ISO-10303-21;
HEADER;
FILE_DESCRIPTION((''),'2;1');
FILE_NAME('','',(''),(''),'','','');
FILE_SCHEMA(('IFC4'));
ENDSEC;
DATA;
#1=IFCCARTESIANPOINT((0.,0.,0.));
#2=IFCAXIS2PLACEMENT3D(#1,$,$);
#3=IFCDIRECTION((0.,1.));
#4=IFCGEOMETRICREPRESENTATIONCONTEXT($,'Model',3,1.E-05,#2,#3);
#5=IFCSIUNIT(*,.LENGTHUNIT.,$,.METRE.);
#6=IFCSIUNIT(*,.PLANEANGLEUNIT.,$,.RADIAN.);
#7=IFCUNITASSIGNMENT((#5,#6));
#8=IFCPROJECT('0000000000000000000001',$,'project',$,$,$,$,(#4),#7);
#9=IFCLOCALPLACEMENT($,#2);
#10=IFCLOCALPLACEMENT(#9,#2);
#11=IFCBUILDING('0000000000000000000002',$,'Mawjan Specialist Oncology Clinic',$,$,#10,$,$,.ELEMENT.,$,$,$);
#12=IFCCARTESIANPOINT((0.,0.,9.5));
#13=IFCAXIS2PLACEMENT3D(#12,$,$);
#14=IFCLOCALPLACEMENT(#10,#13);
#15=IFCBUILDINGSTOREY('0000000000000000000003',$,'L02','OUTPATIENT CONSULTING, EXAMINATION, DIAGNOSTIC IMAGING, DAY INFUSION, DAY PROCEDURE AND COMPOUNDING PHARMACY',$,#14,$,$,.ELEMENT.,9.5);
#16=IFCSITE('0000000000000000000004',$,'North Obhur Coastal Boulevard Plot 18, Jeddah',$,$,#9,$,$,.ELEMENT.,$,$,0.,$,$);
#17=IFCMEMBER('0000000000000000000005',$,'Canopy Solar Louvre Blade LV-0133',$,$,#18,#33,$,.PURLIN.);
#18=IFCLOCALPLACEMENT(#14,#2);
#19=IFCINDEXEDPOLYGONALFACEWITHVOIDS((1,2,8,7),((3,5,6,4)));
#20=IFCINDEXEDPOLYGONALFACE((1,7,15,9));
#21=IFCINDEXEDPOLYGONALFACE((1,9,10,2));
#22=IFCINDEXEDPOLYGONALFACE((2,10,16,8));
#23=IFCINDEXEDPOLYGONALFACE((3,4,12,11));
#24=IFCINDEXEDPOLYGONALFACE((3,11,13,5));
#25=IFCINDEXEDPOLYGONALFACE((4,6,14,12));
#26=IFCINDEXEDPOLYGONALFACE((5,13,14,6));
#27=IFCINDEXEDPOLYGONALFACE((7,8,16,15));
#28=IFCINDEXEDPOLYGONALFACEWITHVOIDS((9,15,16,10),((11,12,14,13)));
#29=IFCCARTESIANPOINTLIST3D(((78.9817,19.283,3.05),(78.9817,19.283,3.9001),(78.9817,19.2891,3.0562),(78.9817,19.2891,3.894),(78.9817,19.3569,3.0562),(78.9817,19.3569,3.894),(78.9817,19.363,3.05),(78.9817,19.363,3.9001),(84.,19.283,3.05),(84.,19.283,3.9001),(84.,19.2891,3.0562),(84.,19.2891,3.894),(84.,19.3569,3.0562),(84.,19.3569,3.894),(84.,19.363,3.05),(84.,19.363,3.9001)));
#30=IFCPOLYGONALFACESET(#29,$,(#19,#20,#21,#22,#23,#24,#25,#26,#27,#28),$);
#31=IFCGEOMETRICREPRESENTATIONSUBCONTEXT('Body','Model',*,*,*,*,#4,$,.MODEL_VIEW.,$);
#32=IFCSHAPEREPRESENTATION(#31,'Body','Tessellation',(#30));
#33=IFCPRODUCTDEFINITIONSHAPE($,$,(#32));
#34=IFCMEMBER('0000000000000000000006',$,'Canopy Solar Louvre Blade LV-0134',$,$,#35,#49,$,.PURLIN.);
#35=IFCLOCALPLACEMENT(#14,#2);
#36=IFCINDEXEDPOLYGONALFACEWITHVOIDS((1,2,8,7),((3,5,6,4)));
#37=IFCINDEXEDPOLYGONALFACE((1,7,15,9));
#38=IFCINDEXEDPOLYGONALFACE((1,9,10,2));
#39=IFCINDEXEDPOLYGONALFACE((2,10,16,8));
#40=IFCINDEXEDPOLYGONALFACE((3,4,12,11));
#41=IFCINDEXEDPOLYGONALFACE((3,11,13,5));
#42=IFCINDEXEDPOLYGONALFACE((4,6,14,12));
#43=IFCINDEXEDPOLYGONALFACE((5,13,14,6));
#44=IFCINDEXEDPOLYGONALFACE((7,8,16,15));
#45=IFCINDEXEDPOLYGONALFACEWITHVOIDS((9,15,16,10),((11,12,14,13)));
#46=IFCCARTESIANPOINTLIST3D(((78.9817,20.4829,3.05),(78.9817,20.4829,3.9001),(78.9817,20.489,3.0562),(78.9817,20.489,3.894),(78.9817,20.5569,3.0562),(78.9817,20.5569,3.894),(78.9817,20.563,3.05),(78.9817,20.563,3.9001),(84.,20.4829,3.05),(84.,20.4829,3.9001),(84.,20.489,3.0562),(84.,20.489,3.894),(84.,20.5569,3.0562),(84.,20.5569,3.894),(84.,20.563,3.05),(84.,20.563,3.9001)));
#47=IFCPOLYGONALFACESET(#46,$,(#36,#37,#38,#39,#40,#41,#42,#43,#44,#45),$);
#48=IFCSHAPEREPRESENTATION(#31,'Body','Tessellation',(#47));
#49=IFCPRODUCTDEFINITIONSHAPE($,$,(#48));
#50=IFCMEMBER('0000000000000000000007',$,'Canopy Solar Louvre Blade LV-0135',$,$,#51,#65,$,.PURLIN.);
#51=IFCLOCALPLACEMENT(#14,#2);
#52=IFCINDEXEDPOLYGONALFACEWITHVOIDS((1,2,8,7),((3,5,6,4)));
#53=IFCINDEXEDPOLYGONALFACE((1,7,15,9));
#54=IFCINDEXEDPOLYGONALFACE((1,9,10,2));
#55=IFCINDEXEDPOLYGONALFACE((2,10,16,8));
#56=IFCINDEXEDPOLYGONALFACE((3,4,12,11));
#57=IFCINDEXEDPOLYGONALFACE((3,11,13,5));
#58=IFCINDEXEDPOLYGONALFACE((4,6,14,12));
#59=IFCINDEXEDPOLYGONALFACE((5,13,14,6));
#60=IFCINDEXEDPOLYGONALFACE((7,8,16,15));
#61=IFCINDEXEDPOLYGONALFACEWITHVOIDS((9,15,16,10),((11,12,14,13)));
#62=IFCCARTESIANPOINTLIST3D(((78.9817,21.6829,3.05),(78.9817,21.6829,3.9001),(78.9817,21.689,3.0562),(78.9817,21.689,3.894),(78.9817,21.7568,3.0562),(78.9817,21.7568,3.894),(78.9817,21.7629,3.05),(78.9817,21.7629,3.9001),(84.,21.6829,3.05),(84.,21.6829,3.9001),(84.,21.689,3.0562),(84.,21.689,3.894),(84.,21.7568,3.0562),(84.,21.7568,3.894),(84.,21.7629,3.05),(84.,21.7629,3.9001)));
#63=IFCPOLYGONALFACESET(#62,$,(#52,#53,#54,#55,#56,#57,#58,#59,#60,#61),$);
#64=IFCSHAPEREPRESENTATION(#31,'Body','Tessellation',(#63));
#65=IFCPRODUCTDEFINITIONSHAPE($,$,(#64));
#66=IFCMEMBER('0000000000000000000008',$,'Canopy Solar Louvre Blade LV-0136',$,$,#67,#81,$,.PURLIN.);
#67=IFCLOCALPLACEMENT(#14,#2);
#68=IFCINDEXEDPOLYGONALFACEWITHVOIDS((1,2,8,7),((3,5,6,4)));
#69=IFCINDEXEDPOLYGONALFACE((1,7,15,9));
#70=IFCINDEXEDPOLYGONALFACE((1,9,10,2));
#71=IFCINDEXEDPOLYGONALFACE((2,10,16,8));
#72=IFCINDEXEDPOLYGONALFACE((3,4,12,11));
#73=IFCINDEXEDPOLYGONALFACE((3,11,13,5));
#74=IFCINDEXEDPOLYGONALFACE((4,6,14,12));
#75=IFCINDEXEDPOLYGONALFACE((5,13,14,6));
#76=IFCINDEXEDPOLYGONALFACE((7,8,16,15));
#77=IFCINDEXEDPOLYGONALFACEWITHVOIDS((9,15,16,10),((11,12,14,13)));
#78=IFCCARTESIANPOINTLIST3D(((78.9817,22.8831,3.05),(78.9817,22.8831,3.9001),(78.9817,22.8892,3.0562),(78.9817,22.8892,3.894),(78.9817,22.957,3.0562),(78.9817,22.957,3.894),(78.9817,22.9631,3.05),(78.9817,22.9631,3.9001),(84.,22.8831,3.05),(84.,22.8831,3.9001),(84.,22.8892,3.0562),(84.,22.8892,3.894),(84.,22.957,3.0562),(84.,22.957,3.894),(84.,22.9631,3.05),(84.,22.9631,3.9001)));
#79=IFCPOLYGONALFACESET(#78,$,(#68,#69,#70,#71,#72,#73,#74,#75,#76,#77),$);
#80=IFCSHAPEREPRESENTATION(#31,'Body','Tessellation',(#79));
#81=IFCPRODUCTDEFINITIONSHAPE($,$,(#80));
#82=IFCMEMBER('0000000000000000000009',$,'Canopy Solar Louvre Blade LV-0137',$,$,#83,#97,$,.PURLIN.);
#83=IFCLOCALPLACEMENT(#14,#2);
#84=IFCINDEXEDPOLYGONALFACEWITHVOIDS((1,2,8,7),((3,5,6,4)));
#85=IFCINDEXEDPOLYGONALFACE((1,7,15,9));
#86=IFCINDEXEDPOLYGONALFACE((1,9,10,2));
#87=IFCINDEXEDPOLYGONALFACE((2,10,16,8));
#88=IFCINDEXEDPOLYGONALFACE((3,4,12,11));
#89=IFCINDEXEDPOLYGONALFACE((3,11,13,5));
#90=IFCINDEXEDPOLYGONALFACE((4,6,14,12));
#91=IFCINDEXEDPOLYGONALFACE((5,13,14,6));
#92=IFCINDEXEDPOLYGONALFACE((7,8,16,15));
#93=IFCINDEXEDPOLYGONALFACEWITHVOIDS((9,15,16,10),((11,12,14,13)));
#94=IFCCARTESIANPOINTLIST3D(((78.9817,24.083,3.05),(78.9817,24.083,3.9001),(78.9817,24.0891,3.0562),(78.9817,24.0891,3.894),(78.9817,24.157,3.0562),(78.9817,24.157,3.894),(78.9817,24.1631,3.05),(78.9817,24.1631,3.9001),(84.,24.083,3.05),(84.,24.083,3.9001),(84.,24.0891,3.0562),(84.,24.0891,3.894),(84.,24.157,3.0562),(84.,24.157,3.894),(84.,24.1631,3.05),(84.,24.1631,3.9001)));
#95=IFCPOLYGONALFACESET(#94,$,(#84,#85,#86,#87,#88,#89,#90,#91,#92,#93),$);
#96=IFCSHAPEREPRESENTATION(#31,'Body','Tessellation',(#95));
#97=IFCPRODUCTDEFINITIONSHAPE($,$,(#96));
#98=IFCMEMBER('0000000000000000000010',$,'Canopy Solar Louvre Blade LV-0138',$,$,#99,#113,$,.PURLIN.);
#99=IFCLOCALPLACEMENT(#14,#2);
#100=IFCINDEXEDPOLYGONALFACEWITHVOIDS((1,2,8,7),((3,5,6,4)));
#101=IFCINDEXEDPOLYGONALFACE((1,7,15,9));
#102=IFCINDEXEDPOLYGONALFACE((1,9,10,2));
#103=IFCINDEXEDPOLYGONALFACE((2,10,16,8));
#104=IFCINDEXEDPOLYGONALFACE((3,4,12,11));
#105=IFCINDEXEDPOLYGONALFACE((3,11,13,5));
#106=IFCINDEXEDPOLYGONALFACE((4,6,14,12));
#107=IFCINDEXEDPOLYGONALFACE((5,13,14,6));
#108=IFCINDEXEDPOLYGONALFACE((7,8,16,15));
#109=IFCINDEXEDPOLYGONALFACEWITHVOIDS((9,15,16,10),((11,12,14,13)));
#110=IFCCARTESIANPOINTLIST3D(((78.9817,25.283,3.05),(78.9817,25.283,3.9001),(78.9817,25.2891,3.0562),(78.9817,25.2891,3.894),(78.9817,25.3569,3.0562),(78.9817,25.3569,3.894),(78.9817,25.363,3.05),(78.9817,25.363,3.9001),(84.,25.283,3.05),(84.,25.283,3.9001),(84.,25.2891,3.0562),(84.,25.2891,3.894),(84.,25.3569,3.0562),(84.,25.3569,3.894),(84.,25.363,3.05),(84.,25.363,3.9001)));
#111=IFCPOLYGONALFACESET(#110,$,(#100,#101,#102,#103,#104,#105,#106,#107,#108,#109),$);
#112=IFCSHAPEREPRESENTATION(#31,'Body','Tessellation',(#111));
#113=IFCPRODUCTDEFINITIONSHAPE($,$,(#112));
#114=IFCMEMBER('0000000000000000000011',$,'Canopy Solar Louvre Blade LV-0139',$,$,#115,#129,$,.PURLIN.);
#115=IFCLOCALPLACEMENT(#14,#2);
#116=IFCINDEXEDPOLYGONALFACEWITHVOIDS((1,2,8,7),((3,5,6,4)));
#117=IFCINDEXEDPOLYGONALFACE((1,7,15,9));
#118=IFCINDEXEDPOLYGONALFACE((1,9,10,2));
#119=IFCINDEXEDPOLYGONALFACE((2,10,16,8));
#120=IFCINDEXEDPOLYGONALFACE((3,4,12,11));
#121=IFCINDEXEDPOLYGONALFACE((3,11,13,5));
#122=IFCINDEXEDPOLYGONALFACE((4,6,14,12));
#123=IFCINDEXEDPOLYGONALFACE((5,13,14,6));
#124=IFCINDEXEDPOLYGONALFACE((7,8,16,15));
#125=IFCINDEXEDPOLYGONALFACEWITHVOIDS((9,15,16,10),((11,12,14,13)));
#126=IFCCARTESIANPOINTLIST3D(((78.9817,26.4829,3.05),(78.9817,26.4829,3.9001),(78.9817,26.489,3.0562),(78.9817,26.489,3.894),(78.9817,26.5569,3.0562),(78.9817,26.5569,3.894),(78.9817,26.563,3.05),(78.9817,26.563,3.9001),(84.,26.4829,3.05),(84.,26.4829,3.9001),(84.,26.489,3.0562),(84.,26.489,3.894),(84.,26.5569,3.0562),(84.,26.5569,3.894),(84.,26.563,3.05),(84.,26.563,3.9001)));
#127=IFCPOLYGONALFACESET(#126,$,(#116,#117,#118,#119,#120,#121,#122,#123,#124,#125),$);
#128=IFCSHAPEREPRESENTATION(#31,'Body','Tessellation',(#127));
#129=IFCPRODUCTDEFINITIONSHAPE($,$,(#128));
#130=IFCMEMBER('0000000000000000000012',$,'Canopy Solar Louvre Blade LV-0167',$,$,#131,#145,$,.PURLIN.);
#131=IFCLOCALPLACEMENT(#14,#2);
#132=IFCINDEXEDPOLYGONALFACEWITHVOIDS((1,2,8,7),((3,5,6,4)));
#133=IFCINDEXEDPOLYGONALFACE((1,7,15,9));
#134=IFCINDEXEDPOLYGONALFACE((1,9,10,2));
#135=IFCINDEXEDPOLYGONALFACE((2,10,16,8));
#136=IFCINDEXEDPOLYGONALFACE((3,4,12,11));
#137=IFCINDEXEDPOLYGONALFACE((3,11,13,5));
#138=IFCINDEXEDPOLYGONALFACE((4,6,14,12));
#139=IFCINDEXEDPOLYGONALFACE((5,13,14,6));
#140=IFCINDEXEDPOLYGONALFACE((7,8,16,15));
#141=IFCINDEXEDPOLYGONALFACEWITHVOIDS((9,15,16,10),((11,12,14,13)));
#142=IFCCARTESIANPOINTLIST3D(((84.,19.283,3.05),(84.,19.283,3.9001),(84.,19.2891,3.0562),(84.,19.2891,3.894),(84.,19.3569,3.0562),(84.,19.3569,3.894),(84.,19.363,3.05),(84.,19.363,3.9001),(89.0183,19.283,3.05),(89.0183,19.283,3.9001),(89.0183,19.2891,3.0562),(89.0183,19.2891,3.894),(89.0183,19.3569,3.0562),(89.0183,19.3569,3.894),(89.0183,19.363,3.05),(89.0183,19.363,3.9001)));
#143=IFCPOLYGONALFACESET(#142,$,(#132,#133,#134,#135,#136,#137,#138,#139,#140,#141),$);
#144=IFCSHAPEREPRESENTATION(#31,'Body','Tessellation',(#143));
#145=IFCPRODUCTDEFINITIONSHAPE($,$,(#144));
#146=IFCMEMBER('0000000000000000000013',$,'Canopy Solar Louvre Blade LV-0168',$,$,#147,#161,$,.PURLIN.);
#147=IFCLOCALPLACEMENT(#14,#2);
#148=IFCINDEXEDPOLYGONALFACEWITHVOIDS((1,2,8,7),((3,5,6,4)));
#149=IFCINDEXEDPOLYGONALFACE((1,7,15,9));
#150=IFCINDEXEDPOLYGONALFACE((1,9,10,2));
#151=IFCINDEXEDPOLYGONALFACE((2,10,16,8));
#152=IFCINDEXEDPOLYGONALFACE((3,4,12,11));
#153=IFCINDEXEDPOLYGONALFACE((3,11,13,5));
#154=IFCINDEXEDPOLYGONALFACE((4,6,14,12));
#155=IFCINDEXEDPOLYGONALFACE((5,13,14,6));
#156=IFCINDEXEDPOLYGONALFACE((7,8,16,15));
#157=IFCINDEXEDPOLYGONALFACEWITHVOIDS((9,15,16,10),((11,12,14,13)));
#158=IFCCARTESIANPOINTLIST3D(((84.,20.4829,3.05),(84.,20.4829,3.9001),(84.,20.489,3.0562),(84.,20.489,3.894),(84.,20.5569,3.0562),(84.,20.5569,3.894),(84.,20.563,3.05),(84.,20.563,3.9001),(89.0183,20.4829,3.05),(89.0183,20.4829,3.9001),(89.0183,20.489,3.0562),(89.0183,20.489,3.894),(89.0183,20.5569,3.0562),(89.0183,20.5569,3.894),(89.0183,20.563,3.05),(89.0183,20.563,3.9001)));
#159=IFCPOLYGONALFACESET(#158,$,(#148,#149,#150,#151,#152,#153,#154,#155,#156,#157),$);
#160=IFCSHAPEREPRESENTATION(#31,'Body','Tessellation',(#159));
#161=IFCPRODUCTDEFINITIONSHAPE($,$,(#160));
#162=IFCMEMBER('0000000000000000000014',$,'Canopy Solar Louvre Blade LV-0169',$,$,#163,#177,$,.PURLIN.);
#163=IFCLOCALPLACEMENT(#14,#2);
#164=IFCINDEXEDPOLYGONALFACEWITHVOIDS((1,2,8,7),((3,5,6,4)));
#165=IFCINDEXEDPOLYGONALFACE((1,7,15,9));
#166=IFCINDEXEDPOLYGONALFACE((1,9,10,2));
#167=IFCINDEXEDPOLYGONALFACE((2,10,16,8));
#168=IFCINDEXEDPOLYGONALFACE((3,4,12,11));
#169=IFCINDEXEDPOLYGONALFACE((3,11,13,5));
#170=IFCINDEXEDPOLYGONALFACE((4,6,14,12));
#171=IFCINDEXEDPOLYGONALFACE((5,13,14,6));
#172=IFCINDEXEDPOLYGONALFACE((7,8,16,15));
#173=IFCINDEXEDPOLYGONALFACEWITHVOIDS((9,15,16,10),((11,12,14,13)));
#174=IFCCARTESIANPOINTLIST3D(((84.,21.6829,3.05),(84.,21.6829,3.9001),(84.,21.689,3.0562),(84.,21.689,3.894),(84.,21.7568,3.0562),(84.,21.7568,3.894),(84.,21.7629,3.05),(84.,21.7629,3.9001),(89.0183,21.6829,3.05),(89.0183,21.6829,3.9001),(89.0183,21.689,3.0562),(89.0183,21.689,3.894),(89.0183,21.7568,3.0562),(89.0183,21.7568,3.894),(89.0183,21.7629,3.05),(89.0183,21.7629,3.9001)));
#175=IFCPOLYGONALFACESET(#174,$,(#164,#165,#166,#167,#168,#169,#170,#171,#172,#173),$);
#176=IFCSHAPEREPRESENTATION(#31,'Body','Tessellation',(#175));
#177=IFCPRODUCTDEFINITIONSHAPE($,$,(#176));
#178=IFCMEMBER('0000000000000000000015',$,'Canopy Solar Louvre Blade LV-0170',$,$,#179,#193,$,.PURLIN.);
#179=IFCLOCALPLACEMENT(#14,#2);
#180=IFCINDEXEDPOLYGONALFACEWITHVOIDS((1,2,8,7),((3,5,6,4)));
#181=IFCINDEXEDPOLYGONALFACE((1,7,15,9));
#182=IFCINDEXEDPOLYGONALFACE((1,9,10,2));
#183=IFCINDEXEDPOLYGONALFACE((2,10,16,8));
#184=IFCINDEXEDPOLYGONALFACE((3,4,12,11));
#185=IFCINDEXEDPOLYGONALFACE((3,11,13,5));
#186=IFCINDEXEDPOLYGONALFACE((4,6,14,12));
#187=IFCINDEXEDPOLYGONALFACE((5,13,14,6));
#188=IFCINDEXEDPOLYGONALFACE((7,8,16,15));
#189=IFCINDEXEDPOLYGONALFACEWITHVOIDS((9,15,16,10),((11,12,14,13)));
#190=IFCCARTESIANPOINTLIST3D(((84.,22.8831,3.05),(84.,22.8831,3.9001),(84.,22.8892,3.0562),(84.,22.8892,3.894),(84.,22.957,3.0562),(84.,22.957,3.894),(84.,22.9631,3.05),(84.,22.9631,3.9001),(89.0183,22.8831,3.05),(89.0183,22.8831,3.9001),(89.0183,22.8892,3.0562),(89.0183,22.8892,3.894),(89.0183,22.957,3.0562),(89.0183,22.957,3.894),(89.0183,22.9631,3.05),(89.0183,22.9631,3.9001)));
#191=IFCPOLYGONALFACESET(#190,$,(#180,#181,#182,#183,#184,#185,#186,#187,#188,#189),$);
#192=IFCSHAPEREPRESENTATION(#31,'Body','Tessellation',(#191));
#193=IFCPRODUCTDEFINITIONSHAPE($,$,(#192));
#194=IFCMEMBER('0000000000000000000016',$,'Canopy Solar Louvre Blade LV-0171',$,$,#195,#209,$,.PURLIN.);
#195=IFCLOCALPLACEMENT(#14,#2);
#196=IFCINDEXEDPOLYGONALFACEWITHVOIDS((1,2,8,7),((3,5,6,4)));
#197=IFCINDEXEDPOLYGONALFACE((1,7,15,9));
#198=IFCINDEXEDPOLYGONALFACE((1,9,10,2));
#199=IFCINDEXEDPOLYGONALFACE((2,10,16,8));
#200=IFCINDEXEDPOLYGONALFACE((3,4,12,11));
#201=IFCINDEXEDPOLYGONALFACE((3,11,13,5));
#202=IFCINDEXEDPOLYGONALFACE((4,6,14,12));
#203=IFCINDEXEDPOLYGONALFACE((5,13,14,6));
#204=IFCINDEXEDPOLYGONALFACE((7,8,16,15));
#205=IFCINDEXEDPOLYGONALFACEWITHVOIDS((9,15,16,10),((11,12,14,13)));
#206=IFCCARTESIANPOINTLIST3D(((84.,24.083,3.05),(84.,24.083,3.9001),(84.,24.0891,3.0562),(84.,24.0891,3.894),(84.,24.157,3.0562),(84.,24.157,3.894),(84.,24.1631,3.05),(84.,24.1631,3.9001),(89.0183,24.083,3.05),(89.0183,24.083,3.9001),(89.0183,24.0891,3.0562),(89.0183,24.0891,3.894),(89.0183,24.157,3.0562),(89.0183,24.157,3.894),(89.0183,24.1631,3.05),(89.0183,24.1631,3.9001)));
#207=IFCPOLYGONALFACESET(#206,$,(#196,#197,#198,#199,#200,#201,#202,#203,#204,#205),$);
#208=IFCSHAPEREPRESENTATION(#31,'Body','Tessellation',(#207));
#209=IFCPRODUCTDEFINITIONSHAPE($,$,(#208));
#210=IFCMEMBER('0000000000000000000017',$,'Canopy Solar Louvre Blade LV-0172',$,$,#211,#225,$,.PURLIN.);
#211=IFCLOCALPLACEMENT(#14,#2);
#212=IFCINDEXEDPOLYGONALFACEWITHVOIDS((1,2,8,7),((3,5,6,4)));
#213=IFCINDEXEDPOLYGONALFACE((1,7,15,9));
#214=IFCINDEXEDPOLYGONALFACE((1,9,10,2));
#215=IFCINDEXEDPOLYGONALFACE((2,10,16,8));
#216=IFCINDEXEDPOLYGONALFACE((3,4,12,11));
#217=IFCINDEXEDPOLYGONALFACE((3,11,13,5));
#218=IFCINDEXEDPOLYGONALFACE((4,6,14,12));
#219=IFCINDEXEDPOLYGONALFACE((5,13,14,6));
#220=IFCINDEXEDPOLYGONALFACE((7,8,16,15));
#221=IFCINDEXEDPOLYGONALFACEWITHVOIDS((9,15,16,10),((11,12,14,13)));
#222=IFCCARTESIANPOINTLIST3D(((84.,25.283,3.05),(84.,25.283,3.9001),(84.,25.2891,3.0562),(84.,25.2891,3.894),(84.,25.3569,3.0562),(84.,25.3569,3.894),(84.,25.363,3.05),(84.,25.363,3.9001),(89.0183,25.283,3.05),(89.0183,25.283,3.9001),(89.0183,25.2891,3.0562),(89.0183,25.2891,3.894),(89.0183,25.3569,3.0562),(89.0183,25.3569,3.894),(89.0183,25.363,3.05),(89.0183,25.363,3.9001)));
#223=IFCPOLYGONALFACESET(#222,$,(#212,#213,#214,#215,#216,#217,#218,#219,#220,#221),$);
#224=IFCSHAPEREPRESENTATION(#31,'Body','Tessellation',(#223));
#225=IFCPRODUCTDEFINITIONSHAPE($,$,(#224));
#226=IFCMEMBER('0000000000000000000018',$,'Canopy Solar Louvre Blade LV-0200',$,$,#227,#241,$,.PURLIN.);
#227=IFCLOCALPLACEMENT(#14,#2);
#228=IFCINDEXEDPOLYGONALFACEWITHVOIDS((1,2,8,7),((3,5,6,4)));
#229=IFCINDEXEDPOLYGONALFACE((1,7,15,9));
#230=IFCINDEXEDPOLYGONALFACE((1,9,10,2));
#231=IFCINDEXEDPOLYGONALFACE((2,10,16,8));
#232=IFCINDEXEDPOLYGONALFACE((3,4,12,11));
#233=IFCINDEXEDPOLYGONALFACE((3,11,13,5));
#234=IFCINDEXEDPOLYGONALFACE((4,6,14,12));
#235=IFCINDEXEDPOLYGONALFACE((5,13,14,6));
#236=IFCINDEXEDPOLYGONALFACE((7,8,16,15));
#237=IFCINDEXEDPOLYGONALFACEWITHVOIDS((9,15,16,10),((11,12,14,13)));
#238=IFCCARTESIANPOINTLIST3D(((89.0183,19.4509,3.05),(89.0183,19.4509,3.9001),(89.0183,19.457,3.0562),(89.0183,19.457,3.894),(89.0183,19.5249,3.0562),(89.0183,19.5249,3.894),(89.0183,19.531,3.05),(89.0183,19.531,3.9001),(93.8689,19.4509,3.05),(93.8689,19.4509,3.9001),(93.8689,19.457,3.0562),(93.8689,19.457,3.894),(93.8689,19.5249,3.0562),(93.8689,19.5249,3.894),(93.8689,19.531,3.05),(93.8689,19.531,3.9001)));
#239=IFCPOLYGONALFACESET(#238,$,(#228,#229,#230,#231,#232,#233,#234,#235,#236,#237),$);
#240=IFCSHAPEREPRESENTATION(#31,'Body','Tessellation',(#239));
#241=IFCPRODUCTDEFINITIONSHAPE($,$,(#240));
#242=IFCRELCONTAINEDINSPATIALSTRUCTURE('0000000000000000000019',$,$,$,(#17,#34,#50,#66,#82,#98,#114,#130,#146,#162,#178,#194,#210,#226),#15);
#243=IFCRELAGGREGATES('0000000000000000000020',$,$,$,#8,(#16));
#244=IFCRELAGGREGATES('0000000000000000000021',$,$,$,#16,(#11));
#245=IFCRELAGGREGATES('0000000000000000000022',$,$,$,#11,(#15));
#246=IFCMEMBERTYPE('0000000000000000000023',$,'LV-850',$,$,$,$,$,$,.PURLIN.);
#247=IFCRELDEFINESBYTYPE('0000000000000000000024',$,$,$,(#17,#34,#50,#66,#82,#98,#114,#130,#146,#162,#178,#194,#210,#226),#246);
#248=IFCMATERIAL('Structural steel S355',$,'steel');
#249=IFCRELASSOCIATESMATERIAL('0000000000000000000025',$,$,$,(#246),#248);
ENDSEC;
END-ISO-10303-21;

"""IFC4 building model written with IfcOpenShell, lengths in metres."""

from ifc_helpers import new_model, si_unit, direction, frame, origin, origin_2d, place, context, subcontext, project, spatial, hollow_rectangle, extrude, material, material_profile, profile_set, type_object, element, save


model = new_model("IFC4")

# Units and contexts
model_context = context("Model", 3, precision=1e-05, world=origin(), true_north=direction((0.0, 1.0)))
body_context = subcontext(model_context, "Body", "Model", "MODEL_VIEW")
ifc_project = project(units=[si_unit("LENGTHUNIT", "METRE"), si_unit("PLANEANGLEUNIT", "RADIAN")], contexts=[model_context])

# Site, building, storey
site_placement = place(None, origin())
site = spatial("IfcSite", under=ifc_project, at=site_placement, Name="North Obhur Coastal Boulevard Plot 18, Jeddah", CompositionType="ELEMENT", RefElevation=0.0)
building_placement = place(site_placement, origin())
building = spatial("IfcBuilding", under=site, at=building_placement, Name="Mawjan Specialist Oncology Clinic", CompositionType="ELEMENT")
storey_placement = place(building_placement, frame((0.0, 0.0, 9.5)))
storey = spatial("IfcBuildingStorey", under=building, at=storey_placement, Name="L02", Description="OUTPATIENT CONSULTING, EXAMINATION, DIAGNOSTIC IMAGING, DAY INFUSION, DAY PROCEDURE AND COMPOUNDING PHARMACY", CompositionType="ELEMENT", Elevation=9.5)

# Members
ifc_material_1 = material(Name="Structural steel S355", Category="steel")
ifc_material_profile = material_profile(ifc_material_1, hollow_rectangle(XDim=0.0801, YDim=0.8501, WallThickness=0.0061, at=origin_2d()), Name="LOUVRE 850x80x6", Category="steel")
ifc_profile_set = profile_set([ifc_material_profile], Name="Structural steel S355")
member_type = type_object("IfcMemberType", Name="LV-850", PredefinedType="PURLIN", material=ifc_profile_set)
for number, where, z_axis, x_axis, name in (
    (1, (78.9817, 19.323, 3.4751), (1.0, 0.0, 0.0), (0.0, 1.0, 0.0), "Canopy Solar Louvre Blade LV-0133"),
    (2, (78.9817, 20.5229, 3.4751), (1.0, 0.0, 0.0), (0.0, 1.0, 0.0), "Canopy Solar Louvre Blade LV-0134"),
    (3, (78.9817, 21.7229, 3.4751), (1.0, 0.0, 0.0), (0.0, 1.0, 0.0), "Canopy Solar Louvre Blade LV-0135"),
    (4, (78.9817, 22.9231, 3.4751), (1.0, 0.0, 0.0), (0.0, 1.0, 0.0), "Canopy Solar Louvre Blade LV-0136"),
    (5, (78.9817, 24.123, 3.4751), (1.0, 0.0, 0.0), (0.0, 1.0, 0.0), "Canopy Solar Louvre Blade LV-0137"),
    (6, (78.9817, 25.323, 3.4751), (1.0, 0.0, 0.0), (0.0, 1.0, 0.0), "Canopy Solar Louvre Blade LV-0138"),
    (7, (78.9817, 26.5229, 3.4751), (1.0, 0.0, 0.0), (0.0, 1.0, 0.0), "Canopy Solar Louvre Blade LV-0139"),
    (8, (84.0, 19.323, 3.4751), (1.0, 0.0, 0.0), (0.0, 1.0, 0.0), "Canopy Solar Louvre Blade LV-0167"),
    (9, (84.0, 20.5229, 3.4751), (1.0, 0.0, 0.0), (0.0, 1.0, 0.0), "Canopy Solar Louvre Blade LV-0168"),
    (10, (84.0, 21.7229, 3.4751), (1.0, 0.0, 0.0), (0.0, 1.0, 0.0), "Canopy Solar Louvre Blade LV-0169"),
    (11, (84.0, 22.9231, 3.4751), (1.0, 0.0, 0.0), (0.0, 1.0, 0.0), "Canopy Solar Louvre Blade LV-0170"),
    (12, (84.0, 24.123, 3.4751), (1.0, 0.0, 0.0), (0.0, 1.0, 0.0), "Canopy Solar Louvre Blade LV-0171"),
    (13, (84.0, 25.323, 3.4751), (1.0, 0.0, 0.0), (0.0, 1.0, 0.0), "Canopy Solar Louvre Blade LV-0172"),
):
    element("IfcMember", number, at=place(storey_placement, frame(where, z_axis=z_axis, x_axis=x_axis)), inside=storey, type_object=member_type, Name=name, PredefinedType="PURLIN", context=body_context, shape_type="SweptSolid", body=[
        extrude(hollow_rectangle(XDim=0.0801, YDim=0.8501, WallThickness=0.0061, at=origin_2d()), origin(), (0.0, 0.0, 1.0), 5.0183),
    ])
for number, where, z_axis, x_axis, name in (
    (14, (89.0183, 19.491, 3.4751), (1.0, 0.0, 0.0), (0.0, 1.0, 0.0), "Canopy Solar Louvre Blade LV-0200"),
):
    element("IfcMember", number, at=place(storey_placement, frame(where, z_axis=z_axis, x_axis=x_axis)), inside=storey, type_object=member_type, Name=name, PredefinedType="PURLIN", context=body_context, shape_type="SweptSolid", body=[
        extrude(hollow_rectangle(XDim=0.0801, YDim=0.8501, WallThickness=0.0061, at=origin_2d()), origin(), (0.0, 0.0, 1.0), 4.8506),
    ])

save(model, "model.ifc")
